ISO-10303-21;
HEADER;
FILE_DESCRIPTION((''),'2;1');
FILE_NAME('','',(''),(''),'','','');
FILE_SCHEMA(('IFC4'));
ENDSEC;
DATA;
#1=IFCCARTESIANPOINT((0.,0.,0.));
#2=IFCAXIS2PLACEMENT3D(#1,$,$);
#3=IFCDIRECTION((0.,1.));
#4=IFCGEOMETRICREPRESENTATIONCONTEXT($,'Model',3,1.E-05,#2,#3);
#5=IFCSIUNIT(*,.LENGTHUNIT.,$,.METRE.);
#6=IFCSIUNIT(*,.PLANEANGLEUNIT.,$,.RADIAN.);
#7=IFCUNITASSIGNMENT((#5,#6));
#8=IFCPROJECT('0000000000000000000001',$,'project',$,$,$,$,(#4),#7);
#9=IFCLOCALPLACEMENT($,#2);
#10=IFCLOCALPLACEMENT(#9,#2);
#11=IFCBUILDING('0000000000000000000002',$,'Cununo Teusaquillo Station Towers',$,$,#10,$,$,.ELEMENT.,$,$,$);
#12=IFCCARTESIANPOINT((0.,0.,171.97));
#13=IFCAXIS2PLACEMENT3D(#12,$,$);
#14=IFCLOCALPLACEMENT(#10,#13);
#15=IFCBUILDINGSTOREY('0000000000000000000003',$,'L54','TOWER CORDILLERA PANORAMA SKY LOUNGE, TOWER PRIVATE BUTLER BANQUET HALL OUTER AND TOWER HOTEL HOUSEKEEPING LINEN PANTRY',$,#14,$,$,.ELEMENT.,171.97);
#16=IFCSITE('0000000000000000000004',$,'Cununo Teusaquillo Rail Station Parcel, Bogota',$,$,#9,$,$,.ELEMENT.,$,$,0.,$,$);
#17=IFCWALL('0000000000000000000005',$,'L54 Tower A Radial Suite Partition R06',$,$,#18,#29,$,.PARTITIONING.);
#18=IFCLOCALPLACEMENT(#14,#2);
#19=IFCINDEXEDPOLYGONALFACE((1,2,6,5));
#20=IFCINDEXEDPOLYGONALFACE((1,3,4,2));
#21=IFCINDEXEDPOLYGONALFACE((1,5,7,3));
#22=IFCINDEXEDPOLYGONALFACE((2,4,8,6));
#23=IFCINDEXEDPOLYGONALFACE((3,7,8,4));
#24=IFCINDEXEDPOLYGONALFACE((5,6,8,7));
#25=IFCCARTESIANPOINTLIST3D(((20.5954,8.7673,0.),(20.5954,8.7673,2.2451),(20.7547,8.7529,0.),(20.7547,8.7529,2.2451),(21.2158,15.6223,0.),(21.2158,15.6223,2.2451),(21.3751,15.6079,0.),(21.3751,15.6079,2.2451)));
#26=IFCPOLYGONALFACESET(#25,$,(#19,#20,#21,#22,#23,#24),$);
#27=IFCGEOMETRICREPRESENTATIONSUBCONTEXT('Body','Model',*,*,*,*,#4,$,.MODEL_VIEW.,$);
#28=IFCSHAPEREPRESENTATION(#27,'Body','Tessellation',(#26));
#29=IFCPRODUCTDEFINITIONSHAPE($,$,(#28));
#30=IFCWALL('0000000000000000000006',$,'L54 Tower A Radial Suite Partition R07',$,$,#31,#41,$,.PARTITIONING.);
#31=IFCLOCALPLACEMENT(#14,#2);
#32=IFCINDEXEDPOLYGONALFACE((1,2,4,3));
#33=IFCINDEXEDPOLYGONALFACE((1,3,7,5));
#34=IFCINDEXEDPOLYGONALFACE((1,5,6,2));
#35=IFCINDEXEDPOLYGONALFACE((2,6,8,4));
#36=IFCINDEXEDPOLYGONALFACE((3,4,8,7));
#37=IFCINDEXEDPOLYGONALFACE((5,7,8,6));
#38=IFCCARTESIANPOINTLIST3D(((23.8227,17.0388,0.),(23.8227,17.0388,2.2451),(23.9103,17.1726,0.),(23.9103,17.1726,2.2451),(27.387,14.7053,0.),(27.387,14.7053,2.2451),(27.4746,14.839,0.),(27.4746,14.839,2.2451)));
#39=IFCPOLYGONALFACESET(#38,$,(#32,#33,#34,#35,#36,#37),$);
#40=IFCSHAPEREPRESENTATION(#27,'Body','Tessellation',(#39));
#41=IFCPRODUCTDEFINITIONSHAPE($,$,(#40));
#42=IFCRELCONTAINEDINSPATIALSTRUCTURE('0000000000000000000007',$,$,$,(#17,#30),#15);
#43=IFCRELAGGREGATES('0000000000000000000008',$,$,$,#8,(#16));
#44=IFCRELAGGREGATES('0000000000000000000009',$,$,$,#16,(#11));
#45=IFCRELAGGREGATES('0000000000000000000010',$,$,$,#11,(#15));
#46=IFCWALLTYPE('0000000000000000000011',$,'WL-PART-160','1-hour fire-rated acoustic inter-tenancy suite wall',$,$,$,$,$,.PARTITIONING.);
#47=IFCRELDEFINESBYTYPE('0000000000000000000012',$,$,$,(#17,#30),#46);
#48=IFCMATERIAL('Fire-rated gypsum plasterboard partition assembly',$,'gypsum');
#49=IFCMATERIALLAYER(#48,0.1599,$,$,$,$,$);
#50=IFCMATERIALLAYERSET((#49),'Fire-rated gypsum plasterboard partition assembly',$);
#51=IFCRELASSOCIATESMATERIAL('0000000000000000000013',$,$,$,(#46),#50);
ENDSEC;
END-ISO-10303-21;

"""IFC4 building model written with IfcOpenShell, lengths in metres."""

from ifc_helpers import new_model, si_unit, direction, frame, frame_2d, origin, place, context, subcontext, project, spatial, rectangle, extrude, material, layer, layer_set, type_object, element, save


model = new_model("IFC4")

# Units and contexts
model_context = context("Model", 3, precision=1e-05, world=origin(), true_north=direction((0.0, 1.0)))
body_context = subcontext(model_context, "Body", "Model", "MODEL_VIEW")
ifc_project = project(units=[si_unit("LENGTHUNIT", "METRE"), si_unit("PLANEANGLEUNIT", "RADIAN")], contexts=[model_context])

# Site, building, storey
site_placement = place(None, origin())
site = spatial("IfcSite", under=ifc_project, at=site_placement, Name="Cununo Teusaquillo Rail Station Parcel, Bogota", CompositionType="ELEMENT", RefElevation=0.0)
building_placement = place(site_placement, origin())
building = spatial("IfcBuilding", under=site, at=building_placement, Name="Cununo Teusaquillo Station Towers", CompositionType="ELEMENT")
storey_placement = place(building_placement, frame((0.0, 0.0, 171.97)))
storey = spatial("IfcBuildingStorey", under=building, at=storey_placement, Name="L54", Description="TOWER CORDILLERA PANORAMA SKY LOUNGE, TOWER PRIVATE BUTLER BANQUET HALL OUTER AND TOWER HOTEL HOUSEKEEPING LINEN PANTRY", CompositionType="ELEMENT", Elevation=171.97)

# Walls
ifc_material_1 = material(Name="Fire-rated gypsum plasterboard partition assembly", Category="gypsum")
ifc_layer_1 = layer(ifc_material_1, 0.1599)
ifc_layer_set_1 = layer_set([ifc_layer_1], Name="Fire-rated gypsum plasterboard partition assembly")
wall_type_1 = type_object("IfcWallType", Name="WL-PART-160", Description="1-hour fire-rated acoustic inter-tenancy suite wall", PredefinedType="PARTITIONING", material=ifc_layer_set_1)
wall_1_placement = place(storey_placement, frame((21.2954, 15.615, 0.0), z_axis=(0.0, 0.0, 1.0), x_axis=(-0.09013, -0.99593, 0.0)))
element("IfcWall", 1, at=wall_1_placement, inside=storey, type_object=wall_type_1, Name="L54 Tower A Radial Suite Partition R06", PredefinedType="PARTITIONING", context=body_context, shape_type="SweptSolid", body=[
    extrude(rectangle(XDim=6.8831, YDim=0.1599, at=frame_2d((3.4414, 0.0))), origin(), (0.0, 0.0, 1.0), 2.2451),
])
wall_2_placement = place(storey_placement, frame((23.8665, 17.1057, 0.0), z_axis=(0.0, 0.0, 1.0), x_axis=(0.836641, -0.547751, 0.0)))
element("IfcWall", 2, at=wall_2_placement, inside=storey, type_object=wall_type_1, Name="L54 Tower A Radial Suite Partition R07", PredefinedType="PARTITIONING", context=body_context, shape_type="SweptSolid", body=[
    extrude(rectangle(XDim=4.2603, YDim=0.1599, at=frame_2d((2.1301, 0.0))), origin(), (0.0, 0.0, 1.0), 2.2451),
])

save(model, "model.ifc")
